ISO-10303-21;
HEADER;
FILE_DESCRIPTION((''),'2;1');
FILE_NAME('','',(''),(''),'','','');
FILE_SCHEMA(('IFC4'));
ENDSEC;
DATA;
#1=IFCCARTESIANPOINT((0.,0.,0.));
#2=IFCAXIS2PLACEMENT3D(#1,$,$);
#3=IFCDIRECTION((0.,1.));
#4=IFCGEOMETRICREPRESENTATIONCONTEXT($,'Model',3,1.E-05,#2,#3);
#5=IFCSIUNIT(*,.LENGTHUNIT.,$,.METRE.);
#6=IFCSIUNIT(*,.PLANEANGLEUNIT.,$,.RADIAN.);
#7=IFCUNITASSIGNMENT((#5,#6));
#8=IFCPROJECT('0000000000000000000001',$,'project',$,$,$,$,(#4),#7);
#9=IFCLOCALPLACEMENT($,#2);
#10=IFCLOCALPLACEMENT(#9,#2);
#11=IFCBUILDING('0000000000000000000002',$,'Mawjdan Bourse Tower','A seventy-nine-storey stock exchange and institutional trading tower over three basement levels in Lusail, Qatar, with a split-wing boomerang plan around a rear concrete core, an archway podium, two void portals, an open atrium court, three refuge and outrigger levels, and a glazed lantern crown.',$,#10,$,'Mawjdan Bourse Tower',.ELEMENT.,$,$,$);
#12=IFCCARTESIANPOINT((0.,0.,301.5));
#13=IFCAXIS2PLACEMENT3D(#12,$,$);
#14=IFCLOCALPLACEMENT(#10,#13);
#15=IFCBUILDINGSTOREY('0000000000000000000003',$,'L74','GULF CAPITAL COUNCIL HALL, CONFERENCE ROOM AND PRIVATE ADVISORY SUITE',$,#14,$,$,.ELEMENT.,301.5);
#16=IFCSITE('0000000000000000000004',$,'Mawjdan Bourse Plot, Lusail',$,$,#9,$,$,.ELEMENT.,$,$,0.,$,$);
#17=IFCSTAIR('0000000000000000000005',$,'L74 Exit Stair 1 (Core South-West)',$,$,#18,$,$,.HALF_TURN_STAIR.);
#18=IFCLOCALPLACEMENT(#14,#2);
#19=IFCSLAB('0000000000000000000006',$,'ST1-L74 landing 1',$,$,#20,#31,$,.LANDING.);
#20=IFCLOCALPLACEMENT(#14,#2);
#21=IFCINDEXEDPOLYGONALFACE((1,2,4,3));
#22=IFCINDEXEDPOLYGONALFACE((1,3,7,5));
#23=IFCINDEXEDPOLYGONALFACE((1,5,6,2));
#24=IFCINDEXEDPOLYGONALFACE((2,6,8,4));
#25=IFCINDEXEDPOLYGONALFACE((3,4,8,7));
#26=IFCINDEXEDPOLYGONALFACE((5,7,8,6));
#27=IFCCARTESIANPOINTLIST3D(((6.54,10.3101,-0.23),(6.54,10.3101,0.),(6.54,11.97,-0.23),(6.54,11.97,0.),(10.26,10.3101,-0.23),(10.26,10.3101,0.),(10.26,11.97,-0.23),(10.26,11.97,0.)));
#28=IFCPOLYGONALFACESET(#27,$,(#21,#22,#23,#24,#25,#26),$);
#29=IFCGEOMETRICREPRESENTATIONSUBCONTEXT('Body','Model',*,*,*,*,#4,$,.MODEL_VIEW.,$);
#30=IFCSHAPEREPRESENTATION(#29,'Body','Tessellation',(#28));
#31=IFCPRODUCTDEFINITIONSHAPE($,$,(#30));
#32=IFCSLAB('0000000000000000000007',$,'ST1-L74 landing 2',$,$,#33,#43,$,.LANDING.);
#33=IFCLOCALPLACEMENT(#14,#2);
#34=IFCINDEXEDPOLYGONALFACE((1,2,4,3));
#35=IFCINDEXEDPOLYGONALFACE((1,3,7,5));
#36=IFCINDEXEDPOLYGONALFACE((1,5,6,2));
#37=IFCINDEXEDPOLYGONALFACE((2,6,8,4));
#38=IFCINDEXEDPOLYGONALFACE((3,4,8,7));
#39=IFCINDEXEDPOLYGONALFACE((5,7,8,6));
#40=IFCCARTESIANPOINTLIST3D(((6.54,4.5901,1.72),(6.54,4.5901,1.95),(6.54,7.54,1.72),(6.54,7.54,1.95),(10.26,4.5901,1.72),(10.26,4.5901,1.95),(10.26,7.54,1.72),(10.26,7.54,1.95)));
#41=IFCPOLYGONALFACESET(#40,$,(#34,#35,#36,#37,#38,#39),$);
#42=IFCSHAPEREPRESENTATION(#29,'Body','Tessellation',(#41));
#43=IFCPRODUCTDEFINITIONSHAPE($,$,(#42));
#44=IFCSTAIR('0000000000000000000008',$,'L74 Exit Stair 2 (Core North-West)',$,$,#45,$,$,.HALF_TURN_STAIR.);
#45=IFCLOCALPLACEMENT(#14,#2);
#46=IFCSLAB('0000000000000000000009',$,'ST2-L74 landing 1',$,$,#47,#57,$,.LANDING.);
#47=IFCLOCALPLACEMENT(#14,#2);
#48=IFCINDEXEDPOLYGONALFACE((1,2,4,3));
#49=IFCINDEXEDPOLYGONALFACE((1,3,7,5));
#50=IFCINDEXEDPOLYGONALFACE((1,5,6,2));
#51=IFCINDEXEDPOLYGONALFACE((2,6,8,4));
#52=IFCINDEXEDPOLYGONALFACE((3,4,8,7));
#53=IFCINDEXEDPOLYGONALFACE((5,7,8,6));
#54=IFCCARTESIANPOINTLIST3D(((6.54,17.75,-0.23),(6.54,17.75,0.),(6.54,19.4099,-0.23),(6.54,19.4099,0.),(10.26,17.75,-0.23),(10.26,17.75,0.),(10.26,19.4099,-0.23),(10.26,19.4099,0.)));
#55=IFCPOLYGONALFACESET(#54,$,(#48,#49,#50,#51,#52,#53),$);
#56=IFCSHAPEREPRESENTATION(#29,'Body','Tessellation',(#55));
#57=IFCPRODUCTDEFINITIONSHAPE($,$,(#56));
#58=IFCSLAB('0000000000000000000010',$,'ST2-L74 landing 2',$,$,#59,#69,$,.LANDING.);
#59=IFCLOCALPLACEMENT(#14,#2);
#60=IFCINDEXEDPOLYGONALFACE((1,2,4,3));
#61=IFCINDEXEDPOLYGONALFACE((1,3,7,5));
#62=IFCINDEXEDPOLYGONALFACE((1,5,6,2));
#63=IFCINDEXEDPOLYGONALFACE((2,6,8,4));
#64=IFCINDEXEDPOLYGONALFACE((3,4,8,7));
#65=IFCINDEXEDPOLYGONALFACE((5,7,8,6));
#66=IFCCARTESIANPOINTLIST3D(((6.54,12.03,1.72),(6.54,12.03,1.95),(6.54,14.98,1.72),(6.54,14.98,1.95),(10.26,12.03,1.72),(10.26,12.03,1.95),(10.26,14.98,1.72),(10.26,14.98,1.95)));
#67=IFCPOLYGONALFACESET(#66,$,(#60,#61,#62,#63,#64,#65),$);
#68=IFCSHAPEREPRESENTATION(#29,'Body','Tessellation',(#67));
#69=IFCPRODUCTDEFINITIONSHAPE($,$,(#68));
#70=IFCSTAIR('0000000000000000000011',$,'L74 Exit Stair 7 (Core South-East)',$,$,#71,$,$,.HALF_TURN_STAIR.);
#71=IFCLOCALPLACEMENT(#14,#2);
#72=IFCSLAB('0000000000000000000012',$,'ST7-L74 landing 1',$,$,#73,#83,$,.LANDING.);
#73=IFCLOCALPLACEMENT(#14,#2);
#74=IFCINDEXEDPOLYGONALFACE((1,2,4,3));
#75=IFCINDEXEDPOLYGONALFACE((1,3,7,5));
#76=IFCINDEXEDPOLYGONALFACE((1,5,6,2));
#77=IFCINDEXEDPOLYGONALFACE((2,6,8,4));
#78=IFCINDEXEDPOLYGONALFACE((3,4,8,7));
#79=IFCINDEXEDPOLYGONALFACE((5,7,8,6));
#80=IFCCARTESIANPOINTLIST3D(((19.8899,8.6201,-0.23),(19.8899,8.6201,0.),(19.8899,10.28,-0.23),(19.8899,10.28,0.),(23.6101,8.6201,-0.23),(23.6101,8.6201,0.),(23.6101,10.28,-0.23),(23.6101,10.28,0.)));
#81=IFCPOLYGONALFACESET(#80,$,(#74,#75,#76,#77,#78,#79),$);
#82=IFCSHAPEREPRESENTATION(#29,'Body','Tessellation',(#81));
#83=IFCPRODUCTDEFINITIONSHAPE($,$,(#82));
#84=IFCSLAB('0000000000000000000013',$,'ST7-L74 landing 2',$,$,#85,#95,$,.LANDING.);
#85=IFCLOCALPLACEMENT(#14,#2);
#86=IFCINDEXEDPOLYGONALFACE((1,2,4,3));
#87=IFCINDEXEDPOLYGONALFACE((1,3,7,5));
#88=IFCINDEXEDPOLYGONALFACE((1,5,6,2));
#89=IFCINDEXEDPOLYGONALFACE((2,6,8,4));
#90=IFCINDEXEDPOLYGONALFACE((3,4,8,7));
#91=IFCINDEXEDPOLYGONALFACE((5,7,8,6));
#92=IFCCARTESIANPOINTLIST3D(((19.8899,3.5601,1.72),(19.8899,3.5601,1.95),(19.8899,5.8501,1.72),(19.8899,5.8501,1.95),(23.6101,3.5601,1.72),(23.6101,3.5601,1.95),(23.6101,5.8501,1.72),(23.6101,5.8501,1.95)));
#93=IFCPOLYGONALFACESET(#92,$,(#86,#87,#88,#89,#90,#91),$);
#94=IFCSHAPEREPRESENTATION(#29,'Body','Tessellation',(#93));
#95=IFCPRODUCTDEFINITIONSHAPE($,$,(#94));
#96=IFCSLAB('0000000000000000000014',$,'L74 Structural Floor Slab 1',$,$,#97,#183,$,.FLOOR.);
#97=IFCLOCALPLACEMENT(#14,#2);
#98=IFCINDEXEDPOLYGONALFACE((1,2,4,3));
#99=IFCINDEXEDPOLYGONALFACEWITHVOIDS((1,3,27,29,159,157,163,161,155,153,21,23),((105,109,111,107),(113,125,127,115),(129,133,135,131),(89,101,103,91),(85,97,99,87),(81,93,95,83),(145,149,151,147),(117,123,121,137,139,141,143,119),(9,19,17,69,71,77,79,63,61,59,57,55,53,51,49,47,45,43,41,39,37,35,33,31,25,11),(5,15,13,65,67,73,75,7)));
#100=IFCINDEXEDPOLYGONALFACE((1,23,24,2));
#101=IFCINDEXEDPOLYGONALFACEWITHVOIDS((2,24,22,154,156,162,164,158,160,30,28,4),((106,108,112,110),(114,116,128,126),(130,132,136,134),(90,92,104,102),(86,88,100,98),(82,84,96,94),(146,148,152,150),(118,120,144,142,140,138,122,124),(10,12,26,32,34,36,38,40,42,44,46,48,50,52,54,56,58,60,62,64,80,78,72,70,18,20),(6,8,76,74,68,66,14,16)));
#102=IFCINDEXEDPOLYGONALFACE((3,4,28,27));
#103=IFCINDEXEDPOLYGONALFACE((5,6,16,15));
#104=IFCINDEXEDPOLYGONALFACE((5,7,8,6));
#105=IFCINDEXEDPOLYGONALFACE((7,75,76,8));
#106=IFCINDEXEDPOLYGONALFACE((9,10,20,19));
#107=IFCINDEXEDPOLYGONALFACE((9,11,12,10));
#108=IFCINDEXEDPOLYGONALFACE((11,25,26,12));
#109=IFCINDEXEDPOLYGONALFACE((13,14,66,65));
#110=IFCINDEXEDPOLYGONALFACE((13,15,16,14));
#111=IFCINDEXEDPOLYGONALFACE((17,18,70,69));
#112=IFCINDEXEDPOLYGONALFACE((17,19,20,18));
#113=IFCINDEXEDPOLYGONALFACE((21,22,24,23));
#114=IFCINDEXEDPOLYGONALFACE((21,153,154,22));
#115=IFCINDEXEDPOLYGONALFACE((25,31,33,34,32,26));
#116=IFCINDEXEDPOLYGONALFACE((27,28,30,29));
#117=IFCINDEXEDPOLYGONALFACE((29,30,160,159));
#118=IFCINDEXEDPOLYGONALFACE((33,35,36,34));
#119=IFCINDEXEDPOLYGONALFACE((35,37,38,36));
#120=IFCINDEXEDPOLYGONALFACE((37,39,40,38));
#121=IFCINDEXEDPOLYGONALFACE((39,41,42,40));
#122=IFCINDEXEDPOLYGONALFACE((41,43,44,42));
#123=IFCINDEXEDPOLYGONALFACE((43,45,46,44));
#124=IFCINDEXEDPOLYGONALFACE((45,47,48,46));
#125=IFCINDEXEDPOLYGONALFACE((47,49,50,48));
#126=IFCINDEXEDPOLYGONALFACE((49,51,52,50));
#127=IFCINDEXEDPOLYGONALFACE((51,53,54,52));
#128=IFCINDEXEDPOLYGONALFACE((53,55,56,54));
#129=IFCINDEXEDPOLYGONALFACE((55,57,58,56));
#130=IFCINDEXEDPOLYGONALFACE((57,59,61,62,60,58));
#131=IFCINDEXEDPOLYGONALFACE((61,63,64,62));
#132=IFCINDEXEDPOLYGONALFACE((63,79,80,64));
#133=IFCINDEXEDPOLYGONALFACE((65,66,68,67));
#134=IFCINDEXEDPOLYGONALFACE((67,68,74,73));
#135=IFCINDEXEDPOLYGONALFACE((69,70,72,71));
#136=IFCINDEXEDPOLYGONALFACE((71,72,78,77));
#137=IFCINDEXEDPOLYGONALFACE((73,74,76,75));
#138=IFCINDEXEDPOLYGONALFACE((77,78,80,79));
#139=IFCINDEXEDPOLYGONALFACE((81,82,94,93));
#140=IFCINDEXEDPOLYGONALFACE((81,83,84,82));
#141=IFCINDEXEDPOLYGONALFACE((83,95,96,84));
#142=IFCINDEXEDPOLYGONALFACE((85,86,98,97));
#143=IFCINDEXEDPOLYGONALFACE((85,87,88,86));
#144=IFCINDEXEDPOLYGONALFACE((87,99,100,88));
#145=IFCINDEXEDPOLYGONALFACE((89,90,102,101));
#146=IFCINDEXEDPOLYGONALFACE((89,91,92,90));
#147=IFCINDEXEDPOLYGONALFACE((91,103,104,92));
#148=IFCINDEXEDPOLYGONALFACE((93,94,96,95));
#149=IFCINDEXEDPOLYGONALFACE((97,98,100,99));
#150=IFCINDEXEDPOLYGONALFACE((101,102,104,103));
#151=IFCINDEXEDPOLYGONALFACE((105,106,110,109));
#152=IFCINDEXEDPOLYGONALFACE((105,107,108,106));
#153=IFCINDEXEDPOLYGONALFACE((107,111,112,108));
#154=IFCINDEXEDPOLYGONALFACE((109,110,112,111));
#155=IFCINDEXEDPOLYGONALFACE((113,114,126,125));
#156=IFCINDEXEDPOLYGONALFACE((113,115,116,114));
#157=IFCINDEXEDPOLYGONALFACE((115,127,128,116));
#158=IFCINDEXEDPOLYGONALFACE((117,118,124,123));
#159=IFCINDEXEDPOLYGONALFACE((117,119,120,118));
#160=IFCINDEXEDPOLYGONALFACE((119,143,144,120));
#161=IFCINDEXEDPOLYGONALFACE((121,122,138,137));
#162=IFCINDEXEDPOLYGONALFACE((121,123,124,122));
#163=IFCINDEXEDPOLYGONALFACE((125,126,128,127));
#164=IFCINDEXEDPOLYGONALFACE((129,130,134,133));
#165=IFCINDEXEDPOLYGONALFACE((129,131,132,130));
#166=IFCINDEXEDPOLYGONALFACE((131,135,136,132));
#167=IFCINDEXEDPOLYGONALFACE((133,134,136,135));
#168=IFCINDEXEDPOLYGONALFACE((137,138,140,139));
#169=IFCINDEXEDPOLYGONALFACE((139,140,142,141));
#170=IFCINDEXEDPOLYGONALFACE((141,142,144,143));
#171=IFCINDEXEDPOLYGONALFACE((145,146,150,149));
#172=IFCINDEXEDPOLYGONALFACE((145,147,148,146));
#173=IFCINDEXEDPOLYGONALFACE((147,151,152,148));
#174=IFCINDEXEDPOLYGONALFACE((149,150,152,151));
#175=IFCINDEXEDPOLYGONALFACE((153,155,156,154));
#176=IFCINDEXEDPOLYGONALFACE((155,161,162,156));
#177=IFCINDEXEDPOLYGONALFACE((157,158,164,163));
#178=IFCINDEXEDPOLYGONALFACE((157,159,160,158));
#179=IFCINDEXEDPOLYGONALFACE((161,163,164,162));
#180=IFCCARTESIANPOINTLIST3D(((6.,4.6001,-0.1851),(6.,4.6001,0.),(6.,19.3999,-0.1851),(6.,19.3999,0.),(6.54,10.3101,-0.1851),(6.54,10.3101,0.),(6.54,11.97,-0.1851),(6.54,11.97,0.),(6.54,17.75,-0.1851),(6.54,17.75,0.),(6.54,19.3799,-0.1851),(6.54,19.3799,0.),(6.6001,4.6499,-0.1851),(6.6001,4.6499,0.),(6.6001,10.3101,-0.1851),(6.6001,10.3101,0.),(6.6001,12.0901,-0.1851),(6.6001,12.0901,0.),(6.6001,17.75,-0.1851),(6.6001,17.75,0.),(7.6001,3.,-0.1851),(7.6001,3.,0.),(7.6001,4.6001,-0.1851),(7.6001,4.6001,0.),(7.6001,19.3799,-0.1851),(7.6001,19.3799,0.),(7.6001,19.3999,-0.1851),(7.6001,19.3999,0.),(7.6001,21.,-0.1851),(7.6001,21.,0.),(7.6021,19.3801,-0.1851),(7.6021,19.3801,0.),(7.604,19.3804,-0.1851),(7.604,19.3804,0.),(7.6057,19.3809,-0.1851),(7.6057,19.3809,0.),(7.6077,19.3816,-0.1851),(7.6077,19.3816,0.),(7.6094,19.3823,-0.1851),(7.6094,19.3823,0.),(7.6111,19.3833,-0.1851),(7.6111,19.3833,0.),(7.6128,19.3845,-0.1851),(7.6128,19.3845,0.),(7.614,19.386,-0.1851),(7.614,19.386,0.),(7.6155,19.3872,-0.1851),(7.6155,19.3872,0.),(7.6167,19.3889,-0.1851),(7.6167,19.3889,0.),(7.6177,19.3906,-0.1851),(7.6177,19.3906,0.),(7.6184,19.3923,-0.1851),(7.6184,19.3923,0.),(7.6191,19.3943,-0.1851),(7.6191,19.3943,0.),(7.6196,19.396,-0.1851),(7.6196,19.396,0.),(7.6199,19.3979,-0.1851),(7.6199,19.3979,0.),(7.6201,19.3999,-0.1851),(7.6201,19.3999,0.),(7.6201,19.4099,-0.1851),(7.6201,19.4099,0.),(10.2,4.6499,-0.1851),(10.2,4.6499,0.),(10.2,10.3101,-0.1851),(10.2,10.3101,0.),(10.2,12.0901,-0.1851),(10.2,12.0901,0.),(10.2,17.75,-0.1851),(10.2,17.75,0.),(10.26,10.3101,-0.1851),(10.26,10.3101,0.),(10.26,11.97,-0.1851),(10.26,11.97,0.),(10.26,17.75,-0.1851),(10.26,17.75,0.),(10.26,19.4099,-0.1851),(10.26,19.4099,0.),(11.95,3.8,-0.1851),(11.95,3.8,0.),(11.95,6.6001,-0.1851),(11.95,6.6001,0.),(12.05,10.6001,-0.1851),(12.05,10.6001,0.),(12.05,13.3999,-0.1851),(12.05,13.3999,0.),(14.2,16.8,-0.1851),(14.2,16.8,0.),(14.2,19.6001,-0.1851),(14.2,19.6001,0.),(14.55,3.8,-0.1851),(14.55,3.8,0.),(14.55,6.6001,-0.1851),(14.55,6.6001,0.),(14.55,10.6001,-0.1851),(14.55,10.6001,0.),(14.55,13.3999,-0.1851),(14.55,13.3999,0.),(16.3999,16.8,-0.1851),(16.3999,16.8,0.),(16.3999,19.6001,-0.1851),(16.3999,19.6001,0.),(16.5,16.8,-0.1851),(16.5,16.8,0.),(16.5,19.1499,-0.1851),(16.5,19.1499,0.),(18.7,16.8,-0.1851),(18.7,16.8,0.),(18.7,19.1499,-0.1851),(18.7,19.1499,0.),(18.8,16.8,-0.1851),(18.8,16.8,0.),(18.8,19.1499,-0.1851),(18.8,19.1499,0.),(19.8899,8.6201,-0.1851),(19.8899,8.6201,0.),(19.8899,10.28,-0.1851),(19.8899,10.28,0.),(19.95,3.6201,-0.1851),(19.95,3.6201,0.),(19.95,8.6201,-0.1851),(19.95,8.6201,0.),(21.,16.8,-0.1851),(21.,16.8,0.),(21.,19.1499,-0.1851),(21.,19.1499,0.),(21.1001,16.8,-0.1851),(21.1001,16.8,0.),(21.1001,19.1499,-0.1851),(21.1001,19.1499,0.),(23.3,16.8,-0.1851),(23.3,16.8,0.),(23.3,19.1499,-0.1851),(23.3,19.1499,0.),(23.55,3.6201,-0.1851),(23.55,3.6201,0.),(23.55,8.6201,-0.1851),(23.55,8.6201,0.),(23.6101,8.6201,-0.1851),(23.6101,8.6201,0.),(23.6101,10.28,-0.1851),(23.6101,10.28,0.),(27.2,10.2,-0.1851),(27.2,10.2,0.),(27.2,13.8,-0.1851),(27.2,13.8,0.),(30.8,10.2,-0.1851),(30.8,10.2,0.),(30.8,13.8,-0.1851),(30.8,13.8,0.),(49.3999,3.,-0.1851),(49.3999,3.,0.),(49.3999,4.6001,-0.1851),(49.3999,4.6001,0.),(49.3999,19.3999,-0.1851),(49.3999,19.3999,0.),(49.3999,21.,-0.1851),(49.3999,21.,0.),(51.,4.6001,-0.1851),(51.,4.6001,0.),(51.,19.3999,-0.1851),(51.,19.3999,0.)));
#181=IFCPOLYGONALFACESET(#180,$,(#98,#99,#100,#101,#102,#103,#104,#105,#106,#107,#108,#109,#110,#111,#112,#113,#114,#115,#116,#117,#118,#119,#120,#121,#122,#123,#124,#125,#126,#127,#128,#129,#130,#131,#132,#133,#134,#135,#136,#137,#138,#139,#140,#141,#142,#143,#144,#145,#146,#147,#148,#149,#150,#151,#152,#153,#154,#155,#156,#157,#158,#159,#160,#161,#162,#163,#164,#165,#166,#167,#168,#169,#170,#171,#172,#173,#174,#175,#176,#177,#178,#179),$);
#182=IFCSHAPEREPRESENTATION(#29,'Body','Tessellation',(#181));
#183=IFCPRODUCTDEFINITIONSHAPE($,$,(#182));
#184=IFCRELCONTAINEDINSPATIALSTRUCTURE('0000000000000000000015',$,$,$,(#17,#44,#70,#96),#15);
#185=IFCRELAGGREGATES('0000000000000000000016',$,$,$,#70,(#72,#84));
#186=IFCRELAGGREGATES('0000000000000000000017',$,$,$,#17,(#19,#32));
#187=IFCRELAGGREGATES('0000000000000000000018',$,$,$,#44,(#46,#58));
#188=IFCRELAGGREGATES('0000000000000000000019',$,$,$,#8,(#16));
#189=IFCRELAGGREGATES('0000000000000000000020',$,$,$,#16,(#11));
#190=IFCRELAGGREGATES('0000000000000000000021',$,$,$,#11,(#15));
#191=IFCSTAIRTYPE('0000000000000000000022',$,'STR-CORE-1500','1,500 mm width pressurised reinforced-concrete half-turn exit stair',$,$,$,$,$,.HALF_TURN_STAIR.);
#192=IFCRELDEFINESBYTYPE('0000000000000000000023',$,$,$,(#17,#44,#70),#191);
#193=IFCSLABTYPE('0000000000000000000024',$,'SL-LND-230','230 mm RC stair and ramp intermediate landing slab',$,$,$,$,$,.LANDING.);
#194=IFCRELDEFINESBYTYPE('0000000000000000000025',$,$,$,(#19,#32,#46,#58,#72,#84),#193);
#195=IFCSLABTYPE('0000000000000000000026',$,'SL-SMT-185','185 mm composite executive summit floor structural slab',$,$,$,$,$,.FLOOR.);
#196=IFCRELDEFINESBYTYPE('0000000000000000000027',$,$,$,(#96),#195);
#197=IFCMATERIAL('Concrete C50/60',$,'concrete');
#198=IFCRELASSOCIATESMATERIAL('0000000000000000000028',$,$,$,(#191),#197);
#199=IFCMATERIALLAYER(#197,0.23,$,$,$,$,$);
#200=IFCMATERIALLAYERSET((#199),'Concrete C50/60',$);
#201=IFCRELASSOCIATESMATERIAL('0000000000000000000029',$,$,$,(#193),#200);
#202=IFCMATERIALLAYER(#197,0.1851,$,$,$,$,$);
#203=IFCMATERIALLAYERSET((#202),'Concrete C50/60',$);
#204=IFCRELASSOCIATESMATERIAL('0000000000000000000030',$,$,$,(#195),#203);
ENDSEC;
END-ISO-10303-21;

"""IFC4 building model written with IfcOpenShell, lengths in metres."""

from ifc_helpers import new_model, si_unit, direction, frame, origin, place, context, subcontext, project, spatial, polyline, outline, extrude, material, layer, layer_set, type_object, element, aggregate, save


model = new_model("IFC4")

# Units and contexts
model_context = context("Model", 3, precision=1e-05, world=origin(), true_north=direction((0.0, 1.0)))
body_context = subcontext(model_context, "Body", "Model", "MODEL_VIEW")
ifc_project = project(units=[si_unit("LENGTHUNIT", "METRE"), si_unit("PLANEANGLEUNIT", "RADIAN")], contexts=[model_context])

# Site, building, storey
site_placement = place(None, origin())
site = spatial("IfcSite", under=ifc_project, at=site_placement, Name="Mawjdan Bourse Plot, Lusail", CompositionType="ELEMENT", RefElevation=0.0)
building_placement = place(site_placement, origin())
building = spatial("IfcBuilding", under=site, at=building_placement, Name="Mawjdan Bourse Tower", Description="A seventy-nine-storey stock exchange and institutional trading tower over three basement levels in Lusail, Qatar, with a split-wing boomerang plan around a rear concrete core, an archway podium, two void portals, an open atrium court, three refuge and outrigger levels, and a glazed lantern crown.", LongName="Mawjdan Bourse Tower", CompositionType="ELEMENT")
storey_placement = place(building_placement, frame((0.0, 0.0, 301.5)))
storey = spatial("IfcBuildingStorey", under=building, at=storey_placement, Name="L74", Description="GULF CAPITAL COUNCIL HALL, CONFERENCE ROOM AND PRIVATE ADVISORY SUITE", CompositionType="ELEMENT", Elevation=301.5)

# Stairs, slabs
ifc_material_1 = material(Name="Concrete C50/60", Category="concrete")
stair_type = type_object("IfcStairType", Name="STR-CORE-1500", Description="1,500 mm width pressurised reinforced-concrete half-turn exit stair", PredefinedType="HALF_TURN_STAIR", material=ifc_material_1)
stair_1_placement = place(storey_placement, origin())
stair_1 = element("IfcStair", 1, at=stair_1_placement, inside=storey, type_object=stair_type, Name="L74 Exit Stair 1 (Core South-West)", PredefinedType="HALF_TURN_STAIR")
ifc_layer_1 = layer(ifc_material_1, 0.23)
ifc_layer_set_1 = layer_set([ifc_layer_1], Name="Concrete C50/60")
slab_type_1 = type_object("IfcSlabType", Name="SL-LND-230", Description="230 mm RC stair and ramp intermediate landing slab", PredefinedType="LANDING", material=ifc_layer_set_1)
slab_1_placement = place(storey_placement, frame((0.0, 0.0, -0.23)))
slab_1 = element("IfcSlab", 2, at=slab_1_placement, type_object=slab_type_1, Name="ST1-L74 landing 1", PredefinedType="LANDING", context=body_context, shape_type="SweptSolid", body=[
    extrude(outline(polyline([(6.54, 10.3101), (10.26, 10.3101), (10.26, 11.97), (6.54, 11.97), (6.54, 10.3101)])), origin(), (0.0, 0.0, 1.0), 0.23),
])
slab_2_placement = place(storey_placement, frame((0.0, 0.0, 1.72)))
slab_2 = element("IfcSlab", 3, at=slab_2_placement, type_object=slab_type_1, Name="ST1-L74 landing 2", PredefinedType="LANDING", context=body_context, shape_type="SweptSolid", body=[
    extrude(outline(polyline([(6.54, 4.5901), (10.26, 4.5901), (10.26, 7.54), (6.54, 7.54), (6.54, 4.5901)])), origin(), (0.0, 0.0, 1.0), 0.23),
])
stair_2_placement = place(storey_placement, origin())
stair_2 = element("IfcStair", 4, at=stair_2_placement, inside=storey, type_object=stair_type, Name="L74 Exit Stair 2 (Core North-West)", PredefinedType="HALF_TURN_STAIR")
slab_3_placement = place(storey_placement, frame((0.0, 0.0, -0.23)))
slab_3 = element("IfcSlab", 5, at=slab_3_placement, type_object=slab_type_1, Name="ST2-L74 landing 1", PredefinedType="LANDING", context=body_context, shape_type="SweptSolid", body=[
    extrude(outline(polyline([(6.54, 17.75), (10.26, 17.75), (10.26, 19.4099), (6.54, 19.4099), (6.54, 17.75)])), origin(), (0.0, 0.0, 1.0), 0.23),
])
slab_4_placement = place(storey_placement, frame((0.0, 0.0, 1.72)))
slab_4 = element("IfcSlab", 6, at=slab_4_placement, type_object=slab_type_1, Name="ST2-L74 landing 2", PredefinedType="LANDING", context=body_context, shape_type="SweptSolid", body=[
    extrude(outline(polyline([(6.54, 12.03), (10.26, 12.03), (10.26, 14.98), (6.54, 14.98), (6.54, 12.03)])), origin(), (0.0, 0.0, 1.0), 0.23),
])
stair_3_placement = place(storey_placement, origin())
stair_3 = element("IfcStair", 7, at=stair_3_placement, inside=storey, type_object=stair_type, Name="L74 Exit Stair 7 (Core South-East)", PredefinedType="HALF_TURN_STAIR")
slab_5_placement = place(storey_placement, frame((0.0, 0.0, -0.23)))
slab_5 = element("IfcSlab", 8, at=slab_5_placement, type_object=slab_type_1, Name="ST7-L74 landing 1", PredefinedType="LANDING", context=body_context, shape_type="SweptSolid", body=[
    extrude(outline(polyline([(19.8899, 8.6201), (23.6101, 8.6201), (23.6101, 10.28), (19.8899, 10.28), (19.8899, 8.6201)])), origin(), (0.0, 0.0, 1.0), 0.23),
])
slab_6_placement = place(storey_placement, frame((0.0, 0.0, 1.72)))
slab_6 = element("IfcSlab", 9, at=slab_6_placement, type_object=slab_type_1, Name="ST7-L74 landing 2", PredefinedType="LANDING", context=body_context, shape_type="SweptSolid", body=[
    extrude(outline(polyline([(19.8899, 3.5601), (23.6101, 3.5601), (23.6101, 5.8501), (19.8899, 5.8501), (19.8899, 3.5601)])), origin(), (0.0, 0.0, 1.0), 0.23),
])
aggregate(stair_3, [slab_5, slab_6])

# Slab
ifc_layer_2 = layer(ifc_material_1, 0.1851)
ifc_layer_set_2 = layer_set([ifc_layer_2], Name="Concrete C50/60")
slab_type_2 = type_object("IfcSlabType", Name="SL-SMT-185", Description="185 mm composite executive summit floor structural slab", PredefinedType="FLOOR", material=ifc_layer_set_2)
slab_7_placement = place(storey_placement, frame((0.0, 0.0, -0.1851)))
element("IfcSlab", 10, at=slab_7_placement, inside=storey, type_object=slab_type_2, Name="L74 Structural Floor Slab 1", PredefinedType="FLOOR", context=body_context, shape_type="SweptSolid", body=[
    extrude(outline(polyline([(7.6001, 3.0), (49.3999, 3.0), (49.3999, 4.6001), (51.0, 4.6001), (51.0, 19.3999), (49.3999, 19.3999), (49.3999, 21.0), (7.6001, 21.0), (7.6001, 19.3999), (6.0, 19.3999), (6.0, 4.6001), (7.6001, 4.6001), (7.6001, 3.0)]), holes=[polyline([(14.55, 3.8), (11.95, 3.8), (11.95, 6.6001), (14.55, 6.6001), (14.55, 3.8)]), polyline([(10.26, 11.97), (10.26, 10.3101), (10.2, 10.3101), (10.2, 4.6499), (6.6001, 4.6499), (6.6001, 10.3101), (6.54, 10.3101), (6.54, 11.97), (10.26, 11.97)]), polyline([(14.55, 10.6001), (12.05, 10.6001), (12.05, 13.3999), (14.55, 13.3999), (14.55, 10.6001)]), polyline([(6.6001, 12.0901), (6.6001, 17.75), (6.54, 17.75), (6.54, 19.3799), (7.6001, 19.3799), (7.6021, 19.3801), (7.604, 19.3804), (7.6057, 19.3809), (7.6077, 19.3816), (7.6094, 19.3823), (7.6111, 19.3833), (7.6128, 19.3845), (7.614, 19.386), (7.6155, 19.3872), (7.6167, 19.3889), (7.6177, 19.3906), (7.6184, 19.3923), (7.6191, 19.3943), (7.6196, 19.396), (7.6199, 19.3979), (7.6201, 19.3999), (7.6201, 19.4099), (10.26, 19.4099), (10.26, 17.75), (10.2, 17.75), (10.2, 12.0901), (6.6001, 12.0901)]), polyline([(14.2, 16.8), (14.2, 19.6001), (16.3999, 19.6001), (16.3999, 16.8), (14.2, 16.8)]), polyline([(23.6101, 10.28), (23.6101, 8.6201), (23.55, 8.6201), (23.55, 3.6201), (19.95, 3.6201), (19.95, 8.6201), (19.8899, 8.6201), (19.8899, 10.28), (23.6101, 10.28)]), polyline([(27.2, 10.2), (27.2, 13.8), (30.8, 13.8), (30.8, 10.2), (27.2, 10.2)]), polyline([(16.5, 16.8), (16.5, 19.1499), (18.7, 19.1499), (18.7, 16.8), (16.5, 16.8)]), polyline([(18.8, 16.8), (18.8, 19.1499), (21.0, 19.1499), (21.0, 16.8), (18.8, 16.8)]), polyline([(21.1001, 16.8), (21.1001, 19.1499), (23.3, 19.1499), (23.3, 16.8), (21.1001, 16.8)])]), origin(), (0.0, 0.0, 1.0), 0.1851),
])

aggregate(stair_1, [slab_1, slab_2])
aggregate(stair_2, [slab_3, slab_4])

save(model, "model.ifc")
